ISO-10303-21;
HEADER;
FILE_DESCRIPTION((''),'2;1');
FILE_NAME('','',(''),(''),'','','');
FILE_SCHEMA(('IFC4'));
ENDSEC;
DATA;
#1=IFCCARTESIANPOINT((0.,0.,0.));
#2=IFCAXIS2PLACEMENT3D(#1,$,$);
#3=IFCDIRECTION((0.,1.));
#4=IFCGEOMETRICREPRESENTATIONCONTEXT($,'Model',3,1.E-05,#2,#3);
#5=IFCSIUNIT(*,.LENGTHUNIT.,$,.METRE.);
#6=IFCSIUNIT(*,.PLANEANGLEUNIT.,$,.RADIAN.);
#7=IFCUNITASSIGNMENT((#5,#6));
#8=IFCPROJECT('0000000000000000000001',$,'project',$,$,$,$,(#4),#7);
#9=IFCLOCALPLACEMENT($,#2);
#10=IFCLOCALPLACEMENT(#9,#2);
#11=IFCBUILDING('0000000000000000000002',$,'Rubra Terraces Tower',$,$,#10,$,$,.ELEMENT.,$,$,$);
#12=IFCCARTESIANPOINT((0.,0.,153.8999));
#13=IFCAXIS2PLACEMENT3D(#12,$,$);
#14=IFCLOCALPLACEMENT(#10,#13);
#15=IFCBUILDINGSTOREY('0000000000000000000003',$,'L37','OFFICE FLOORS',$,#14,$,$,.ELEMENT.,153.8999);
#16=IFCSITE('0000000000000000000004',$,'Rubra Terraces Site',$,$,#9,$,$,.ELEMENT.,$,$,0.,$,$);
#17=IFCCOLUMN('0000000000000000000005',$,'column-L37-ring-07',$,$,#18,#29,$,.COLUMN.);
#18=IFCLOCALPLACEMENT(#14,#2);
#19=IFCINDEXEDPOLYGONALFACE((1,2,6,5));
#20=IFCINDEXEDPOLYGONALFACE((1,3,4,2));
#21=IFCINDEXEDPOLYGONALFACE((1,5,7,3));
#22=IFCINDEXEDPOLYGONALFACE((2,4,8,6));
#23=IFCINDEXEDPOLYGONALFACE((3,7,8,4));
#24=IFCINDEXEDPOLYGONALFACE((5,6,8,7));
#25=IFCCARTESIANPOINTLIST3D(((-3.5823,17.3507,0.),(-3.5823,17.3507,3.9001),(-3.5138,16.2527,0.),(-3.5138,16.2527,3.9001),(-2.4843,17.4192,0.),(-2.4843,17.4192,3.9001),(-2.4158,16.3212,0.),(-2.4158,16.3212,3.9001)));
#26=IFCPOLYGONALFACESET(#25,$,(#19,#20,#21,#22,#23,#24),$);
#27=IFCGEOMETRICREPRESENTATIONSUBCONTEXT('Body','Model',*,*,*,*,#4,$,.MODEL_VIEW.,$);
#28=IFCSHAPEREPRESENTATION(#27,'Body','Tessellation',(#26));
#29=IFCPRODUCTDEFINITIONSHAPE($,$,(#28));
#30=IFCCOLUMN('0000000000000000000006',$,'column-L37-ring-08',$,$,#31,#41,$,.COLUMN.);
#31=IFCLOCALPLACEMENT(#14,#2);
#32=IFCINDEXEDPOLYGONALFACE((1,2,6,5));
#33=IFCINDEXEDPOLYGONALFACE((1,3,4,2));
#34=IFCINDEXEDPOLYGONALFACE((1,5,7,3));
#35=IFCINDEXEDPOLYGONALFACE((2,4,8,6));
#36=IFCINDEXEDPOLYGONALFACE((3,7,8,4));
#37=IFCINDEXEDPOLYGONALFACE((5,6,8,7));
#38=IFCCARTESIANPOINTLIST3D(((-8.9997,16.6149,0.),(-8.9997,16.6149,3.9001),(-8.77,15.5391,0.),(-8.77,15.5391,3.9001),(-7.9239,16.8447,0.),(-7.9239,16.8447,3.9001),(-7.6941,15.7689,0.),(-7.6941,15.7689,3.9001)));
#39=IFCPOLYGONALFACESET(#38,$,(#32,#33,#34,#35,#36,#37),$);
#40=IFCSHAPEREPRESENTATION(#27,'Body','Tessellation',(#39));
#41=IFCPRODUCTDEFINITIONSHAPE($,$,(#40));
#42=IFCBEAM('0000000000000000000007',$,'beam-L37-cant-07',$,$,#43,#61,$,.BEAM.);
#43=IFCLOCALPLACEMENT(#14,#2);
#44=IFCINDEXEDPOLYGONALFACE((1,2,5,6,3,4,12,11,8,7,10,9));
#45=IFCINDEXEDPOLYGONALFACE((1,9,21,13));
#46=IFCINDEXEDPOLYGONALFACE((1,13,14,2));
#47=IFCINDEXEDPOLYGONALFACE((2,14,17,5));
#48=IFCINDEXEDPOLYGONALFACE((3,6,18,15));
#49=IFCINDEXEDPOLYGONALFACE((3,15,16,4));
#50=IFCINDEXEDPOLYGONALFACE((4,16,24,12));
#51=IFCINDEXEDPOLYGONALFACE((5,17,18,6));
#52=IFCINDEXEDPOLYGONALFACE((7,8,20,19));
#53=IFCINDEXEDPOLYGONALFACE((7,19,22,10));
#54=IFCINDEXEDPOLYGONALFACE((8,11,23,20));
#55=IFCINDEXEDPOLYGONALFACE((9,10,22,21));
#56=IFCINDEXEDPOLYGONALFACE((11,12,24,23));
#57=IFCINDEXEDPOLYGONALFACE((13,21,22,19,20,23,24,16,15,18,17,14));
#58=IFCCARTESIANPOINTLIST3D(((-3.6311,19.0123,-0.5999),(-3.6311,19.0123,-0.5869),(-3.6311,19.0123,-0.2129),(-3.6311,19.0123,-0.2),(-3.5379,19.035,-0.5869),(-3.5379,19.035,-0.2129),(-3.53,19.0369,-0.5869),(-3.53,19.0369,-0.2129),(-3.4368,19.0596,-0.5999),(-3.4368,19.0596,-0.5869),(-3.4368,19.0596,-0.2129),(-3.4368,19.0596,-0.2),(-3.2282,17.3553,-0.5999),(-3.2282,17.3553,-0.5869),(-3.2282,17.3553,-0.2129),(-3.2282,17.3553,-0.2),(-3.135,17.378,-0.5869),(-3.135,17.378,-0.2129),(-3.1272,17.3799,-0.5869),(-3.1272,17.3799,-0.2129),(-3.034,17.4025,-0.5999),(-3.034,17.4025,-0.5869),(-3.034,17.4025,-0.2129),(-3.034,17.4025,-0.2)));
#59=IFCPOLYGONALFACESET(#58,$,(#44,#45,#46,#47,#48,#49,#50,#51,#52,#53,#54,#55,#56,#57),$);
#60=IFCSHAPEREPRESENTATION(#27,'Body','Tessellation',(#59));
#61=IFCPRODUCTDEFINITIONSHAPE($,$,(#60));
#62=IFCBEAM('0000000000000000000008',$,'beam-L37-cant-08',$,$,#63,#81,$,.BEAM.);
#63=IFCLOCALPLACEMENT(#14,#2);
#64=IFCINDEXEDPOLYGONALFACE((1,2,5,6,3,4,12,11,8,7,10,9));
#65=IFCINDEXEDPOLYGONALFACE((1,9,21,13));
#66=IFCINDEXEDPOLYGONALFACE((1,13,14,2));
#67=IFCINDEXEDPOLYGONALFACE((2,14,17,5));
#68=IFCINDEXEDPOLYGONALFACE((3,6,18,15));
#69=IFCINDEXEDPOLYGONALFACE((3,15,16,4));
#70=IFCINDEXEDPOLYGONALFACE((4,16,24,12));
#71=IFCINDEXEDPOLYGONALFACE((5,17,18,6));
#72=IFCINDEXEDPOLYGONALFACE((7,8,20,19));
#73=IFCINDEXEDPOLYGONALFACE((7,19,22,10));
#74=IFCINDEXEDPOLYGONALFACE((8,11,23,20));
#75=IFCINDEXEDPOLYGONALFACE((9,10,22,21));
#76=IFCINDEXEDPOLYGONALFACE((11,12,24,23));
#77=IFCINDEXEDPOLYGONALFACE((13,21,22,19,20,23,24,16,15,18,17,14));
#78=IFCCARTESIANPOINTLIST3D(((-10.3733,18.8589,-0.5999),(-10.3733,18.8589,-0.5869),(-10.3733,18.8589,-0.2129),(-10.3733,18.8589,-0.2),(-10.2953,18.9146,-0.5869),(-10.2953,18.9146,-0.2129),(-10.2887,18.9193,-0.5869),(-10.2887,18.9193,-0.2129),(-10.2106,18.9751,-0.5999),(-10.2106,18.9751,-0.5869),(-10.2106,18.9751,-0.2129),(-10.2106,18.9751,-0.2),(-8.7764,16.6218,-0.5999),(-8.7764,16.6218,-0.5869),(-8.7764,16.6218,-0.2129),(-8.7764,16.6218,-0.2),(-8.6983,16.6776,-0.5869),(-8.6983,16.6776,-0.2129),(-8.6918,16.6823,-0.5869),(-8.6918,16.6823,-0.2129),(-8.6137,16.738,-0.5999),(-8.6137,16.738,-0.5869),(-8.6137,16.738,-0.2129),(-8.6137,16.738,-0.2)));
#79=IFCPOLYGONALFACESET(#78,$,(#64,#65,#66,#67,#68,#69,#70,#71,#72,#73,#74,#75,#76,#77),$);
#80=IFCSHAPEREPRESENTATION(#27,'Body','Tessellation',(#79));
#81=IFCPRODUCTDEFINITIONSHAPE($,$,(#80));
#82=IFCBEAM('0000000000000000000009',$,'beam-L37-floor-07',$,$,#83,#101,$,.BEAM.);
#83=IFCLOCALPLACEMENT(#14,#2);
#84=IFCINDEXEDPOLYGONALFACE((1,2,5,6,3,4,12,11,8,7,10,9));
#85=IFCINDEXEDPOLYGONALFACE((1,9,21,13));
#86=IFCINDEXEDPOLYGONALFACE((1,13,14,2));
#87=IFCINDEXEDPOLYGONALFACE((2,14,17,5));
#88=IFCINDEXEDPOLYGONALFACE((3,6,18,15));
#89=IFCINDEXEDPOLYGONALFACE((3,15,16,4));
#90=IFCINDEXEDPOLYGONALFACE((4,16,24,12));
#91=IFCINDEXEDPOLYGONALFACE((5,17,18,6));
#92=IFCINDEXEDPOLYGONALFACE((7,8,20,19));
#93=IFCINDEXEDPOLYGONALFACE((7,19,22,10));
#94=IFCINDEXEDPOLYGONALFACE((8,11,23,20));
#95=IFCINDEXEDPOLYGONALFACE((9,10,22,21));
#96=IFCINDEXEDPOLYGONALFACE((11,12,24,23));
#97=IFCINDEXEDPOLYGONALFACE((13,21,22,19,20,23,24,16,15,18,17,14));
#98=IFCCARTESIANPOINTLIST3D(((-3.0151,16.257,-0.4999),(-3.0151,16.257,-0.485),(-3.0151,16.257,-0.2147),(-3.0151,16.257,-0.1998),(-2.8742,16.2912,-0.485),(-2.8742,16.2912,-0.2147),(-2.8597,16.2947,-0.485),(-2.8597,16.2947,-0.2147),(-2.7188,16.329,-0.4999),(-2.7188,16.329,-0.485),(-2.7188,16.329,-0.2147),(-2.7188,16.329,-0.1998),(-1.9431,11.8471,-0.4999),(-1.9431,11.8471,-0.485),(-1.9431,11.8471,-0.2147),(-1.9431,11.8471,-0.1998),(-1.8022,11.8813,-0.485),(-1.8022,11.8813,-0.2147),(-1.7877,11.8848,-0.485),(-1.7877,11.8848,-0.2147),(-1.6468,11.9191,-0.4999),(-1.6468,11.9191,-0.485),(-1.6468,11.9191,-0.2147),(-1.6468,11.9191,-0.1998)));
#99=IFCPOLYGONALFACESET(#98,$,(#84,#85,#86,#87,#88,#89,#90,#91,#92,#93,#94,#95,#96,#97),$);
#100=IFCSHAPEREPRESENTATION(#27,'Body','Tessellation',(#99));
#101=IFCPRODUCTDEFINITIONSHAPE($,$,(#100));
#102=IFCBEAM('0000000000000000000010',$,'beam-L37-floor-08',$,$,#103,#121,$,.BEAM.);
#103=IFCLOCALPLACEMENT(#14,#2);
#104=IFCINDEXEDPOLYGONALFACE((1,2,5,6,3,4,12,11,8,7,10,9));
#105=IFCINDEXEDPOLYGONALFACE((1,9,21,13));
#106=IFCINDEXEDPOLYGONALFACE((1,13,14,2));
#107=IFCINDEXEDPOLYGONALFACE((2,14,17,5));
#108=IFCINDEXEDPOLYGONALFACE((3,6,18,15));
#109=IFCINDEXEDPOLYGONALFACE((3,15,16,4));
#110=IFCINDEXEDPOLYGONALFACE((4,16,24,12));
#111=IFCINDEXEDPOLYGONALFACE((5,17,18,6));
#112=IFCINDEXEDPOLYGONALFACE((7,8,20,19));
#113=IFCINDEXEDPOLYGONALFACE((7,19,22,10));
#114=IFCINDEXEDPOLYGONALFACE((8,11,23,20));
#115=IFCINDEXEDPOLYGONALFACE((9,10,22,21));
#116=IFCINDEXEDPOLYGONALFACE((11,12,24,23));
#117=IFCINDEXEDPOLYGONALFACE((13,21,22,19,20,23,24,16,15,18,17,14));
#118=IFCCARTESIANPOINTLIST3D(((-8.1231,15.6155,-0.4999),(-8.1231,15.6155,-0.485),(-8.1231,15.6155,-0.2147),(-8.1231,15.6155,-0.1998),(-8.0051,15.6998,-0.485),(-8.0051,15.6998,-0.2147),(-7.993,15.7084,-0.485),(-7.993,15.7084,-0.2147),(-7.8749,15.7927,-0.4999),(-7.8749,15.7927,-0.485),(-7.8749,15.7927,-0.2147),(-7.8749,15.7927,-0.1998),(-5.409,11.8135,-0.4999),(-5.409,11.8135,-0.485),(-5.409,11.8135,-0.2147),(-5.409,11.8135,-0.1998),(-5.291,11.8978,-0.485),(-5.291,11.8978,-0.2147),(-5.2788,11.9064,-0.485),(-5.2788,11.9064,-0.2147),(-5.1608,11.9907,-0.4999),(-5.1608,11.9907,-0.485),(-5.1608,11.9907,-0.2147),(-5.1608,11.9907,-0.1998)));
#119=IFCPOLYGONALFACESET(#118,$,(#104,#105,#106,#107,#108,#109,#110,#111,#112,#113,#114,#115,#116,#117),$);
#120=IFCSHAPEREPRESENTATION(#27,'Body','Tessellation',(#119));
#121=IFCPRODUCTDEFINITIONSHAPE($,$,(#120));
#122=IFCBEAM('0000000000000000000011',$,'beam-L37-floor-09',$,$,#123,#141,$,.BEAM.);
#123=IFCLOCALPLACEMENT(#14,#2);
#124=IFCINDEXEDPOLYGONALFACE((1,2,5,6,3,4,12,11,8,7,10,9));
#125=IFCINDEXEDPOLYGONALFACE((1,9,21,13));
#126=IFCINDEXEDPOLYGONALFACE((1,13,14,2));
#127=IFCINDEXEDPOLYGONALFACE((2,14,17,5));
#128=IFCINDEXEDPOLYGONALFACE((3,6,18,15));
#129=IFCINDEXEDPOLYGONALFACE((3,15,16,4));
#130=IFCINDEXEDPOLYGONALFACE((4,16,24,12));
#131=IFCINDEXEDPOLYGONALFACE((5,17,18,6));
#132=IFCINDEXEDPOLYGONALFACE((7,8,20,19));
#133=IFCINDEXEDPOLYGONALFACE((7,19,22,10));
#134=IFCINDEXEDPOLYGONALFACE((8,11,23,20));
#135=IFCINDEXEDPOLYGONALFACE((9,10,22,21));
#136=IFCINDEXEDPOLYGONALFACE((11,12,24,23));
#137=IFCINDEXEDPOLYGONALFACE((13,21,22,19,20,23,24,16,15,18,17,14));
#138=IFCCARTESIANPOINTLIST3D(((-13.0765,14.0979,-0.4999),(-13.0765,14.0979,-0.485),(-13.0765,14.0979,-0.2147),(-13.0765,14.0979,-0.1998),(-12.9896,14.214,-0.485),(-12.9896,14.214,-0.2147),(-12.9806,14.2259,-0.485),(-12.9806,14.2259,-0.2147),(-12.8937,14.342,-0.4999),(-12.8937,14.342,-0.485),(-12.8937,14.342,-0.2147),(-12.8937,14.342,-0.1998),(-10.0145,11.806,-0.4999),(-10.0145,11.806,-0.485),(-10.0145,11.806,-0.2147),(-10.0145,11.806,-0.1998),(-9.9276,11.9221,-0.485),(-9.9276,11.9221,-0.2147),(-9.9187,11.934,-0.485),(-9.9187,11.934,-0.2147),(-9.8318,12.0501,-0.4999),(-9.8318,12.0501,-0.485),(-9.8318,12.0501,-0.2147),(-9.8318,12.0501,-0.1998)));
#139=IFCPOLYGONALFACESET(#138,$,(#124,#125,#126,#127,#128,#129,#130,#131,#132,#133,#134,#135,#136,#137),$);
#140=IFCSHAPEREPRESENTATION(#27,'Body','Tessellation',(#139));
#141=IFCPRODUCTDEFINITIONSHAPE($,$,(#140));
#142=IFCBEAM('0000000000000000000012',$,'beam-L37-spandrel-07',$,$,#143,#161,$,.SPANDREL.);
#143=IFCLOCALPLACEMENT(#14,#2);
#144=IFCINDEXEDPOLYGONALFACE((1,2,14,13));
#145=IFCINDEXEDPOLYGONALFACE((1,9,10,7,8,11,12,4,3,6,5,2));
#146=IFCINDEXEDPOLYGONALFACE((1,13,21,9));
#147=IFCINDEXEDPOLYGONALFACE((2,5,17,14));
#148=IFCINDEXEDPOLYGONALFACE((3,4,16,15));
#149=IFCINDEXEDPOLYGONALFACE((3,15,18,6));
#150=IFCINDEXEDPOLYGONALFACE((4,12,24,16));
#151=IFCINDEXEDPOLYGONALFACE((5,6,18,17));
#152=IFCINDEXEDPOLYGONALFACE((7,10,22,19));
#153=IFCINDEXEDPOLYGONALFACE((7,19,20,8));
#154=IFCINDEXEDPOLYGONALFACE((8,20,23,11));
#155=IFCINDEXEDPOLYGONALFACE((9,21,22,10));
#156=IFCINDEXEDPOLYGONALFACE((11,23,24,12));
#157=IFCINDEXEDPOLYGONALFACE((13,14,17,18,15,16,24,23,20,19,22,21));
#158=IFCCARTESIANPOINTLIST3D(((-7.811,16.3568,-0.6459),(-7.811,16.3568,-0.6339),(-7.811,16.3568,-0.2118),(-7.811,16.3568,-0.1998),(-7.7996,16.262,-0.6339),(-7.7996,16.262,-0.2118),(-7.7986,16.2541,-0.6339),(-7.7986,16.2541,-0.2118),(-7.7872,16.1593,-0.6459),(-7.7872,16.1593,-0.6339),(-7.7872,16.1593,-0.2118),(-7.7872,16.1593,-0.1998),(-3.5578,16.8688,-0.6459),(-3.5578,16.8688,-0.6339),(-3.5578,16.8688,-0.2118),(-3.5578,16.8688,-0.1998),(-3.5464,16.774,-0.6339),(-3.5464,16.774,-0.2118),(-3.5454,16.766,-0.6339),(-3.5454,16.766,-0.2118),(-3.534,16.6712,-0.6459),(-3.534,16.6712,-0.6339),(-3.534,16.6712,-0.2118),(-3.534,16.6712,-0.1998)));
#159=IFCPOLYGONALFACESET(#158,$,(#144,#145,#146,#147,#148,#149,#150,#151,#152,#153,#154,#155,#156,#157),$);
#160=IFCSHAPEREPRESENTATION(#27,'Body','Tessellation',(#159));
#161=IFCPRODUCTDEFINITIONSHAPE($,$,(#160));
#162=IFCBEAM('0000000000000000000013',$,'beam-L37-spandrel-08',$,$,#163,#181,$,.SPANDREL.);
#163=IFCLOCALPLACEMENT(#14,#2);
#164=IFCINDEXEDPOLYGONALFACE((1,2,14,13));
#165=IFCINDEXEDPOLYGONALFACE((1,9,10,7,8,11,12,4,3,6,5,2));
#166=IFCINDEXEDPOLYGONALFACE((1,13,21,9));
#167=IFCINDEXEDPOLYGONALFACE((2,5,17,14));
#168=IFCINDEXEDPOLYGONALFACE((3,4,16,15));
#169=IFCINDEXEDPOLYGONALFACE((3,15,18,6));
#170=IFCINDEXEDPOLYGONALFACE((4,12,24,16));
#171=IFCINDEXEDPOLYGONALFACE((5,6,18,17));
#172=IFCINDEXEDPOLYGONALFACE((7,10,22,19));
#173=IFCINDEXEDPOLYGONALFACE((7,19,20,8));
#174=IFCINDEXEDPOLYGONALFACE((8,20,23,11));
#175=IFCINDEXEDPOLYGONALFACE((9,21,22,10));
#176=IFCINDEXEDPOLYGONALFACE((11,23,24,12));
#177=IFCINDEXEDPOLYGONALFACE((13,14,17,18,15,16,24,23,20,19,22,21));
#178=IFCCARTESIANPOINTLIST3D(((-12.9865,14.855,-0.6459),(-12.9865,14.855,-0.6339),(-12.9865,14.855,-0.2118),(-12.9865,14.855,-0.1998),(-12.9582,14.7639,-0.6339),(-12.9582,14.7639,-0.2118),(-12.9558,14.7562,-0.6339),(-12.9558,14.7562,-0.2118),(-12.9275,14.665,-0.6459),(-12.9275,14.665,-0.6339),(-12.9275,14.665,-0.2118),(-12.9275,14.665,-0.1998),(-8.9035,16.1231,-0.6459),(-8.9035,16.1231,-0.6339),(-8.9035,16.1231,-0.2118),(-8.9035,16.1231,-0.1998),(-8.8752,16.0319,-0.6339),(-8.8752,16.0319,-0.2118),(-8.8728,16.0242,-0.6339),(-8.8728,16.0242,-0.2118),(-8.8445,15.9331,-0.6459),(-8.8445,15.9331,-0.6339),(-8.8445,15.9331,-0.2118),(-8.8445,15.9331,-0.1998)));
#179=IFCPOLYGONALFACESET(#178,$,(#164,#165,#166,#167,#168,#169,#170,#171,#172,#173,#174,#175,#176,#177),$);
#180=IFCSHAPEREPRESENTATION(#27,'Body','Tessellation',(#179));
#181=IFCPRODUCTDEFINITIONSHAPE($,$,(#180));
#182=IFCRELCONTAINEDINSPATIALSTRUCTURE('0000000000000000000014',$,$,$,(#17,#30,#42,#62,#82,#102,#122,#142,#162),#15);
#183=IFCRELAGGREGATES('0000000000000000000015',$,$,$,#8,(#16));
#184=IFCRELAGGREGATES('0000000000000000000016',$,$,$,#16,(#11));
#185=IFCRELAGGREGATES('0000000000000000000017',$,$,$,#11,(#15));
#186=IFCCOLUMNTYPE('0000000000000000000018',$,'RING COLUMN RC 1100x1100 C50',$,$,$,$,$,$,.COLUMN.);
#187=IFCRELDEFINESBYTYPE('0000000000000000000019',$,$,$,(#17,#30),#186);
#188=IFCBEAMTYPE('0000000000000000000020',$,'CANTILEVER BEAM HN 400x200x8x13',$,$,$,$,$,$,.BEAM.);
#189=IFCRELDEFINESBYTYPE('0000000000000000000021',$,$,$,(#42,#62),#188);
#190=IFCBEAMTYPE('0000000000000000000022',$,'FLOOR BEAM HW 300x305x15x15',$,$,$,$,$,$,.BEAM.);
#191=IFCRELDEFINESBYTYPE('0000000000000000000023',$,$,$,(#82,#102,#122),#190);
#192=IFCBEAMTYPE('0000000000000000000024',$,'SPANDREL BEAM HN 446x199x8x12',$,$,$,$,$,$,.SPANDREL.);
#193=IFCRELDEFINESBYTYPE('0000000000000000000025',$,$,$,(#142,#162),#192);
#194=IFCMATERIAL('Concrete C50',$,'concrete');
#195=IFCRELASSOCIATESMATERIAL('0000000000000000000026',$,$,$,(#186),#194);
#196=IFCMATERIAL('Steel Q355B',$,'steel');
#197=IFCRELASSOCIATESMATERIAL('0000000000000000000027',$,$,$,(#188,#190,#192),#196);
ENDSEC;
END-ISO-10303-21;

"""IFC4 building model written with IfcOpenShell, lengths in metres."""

from ifc_helpers import new_model, si_unit, direction, frame, origin, origin_2d, place, context, subcontext, project, spatial, rectangle, i_section, extrude, material, material_profile, profile_set, type_object, element, save


model = new_model("IFC4")

# Units and contexts
model_context = context("Model", 3, precision=1e-05, world=origin(), true_north=direction((0.0, 1.0)))
body_context = subcontext(model_context, "Body", "Model", "MODEL_VIEW")
ifc_project = project(units=[si_unit("LENGTHUNIT", "METRE"), si_unit("PLANEANGLEUNIT", "RADIAN")], contexts=[model_context])

# Site, building, storey
site_placement = place(None, origin())
site = spatial("IfcSite", under=ifc_project, at=site_placement, Name="Rubra Terraces Site", CompositionType="ELEMENT", RefElevation=0.0)
building_placement = place(site_placement, origin())
building = spatial("IfcBuilding", under=site, at=building_placement, Name="Rubra Terraces Tower", CompositionType="ELEMENT")
storey_placement = place(building_placement, frame((0.0, 0.0, 153.8999)))
storey = spatial("IfcBuildingStorey", under=building, at=storey_placement, Name="L37", Description="OFFICE FLOORS", CompositionType="ELEMENT", Elevation=153.8999)

# Columns
ifc_material_1 = material(Name="Concrete C50", Category="concrete")
ifc_material_profile_1 = material_profile(ifc_material_1, rectangle(XDim=1.1001, YDim=1.1001, at=origin_2d()), Name="RC 1100x1100")
ifc_profile_set_1 = profile_set([ifc_material_profile_1], Name="Concrete C50")
column_type = type_object("IfcColumnType", Name="RING COLUMN RC 1100x1100 C50", PredefinedType="COLUMN", material=ifc_profile_set_1)
for number, where, z_axis, x_axis, name in (
    (1, (-2.999, 16.8359, 0.0), (0.0, 0.0, 1.0), (-0.998059, -0.062268, 0.0), "column-L37-ring-07"),
    (2, (-8.3469, 16.1919, 0.0), (0.0, 0.0, 1.0), (-0.977944, -0.208867, 0.0), "column-L37-ring-08"),
):
    element("IfcColumn", number, at=place(storey_placement, frame(where, z_axis=z_axis, x_axis=x_axis)), inside=storey, type_object=column_type, Name=name, PredefinedType="COLUMN", context=body_context, shape_type="SweptSolid", body=[
        extrude(rectangle(XDim=1.1001, YDim=1.1001, at=origin_2d()), origin(), (0.0, 0.0, 1.0), 3.9001),
    ])

# Beams
ifc_material_2 = material(Name="Steel Q355B", Category="steel")
ifc_material_profile_2 = material_profile(ifc_material_2, i_section(OverallWidth=0.2, OverallDepth=0.3999, WebThickness=0.0081, FlangeThickness=0.0129, at=origin_2d()), Name="HN 400x200x8x13")
ifc_profile_set_2 = profile_set([ifc_material_profile_2], Name="Steel Q355B")
beam_type_1 = type_object("IfcBeamType", Name="CANTILEVER BEAM HN 400x200x8x13", PredefinedType="BEAM", material=ifc_profile_set_2)
beam_1_placement = place(storey_placement, frame((-3.1311, 17.3789, -0.3999), z_axis=(-0.236231, 0.971697, 0.0), x_axis=(-0.971697, -0.236231, 0.0)))
element("IfcBeam", 3, at=beam_1_placement, inside=storey, type_object=beam_type_1, Name="beam-L37-cant-07", PredefinedType="BEAM", context=body_context, shape_type="SweptSolid", body=[
    extrude(i_section(OverallWidth=0.2, OverallDepth=0.3999, WebThickness=0.0081, FlangeThickness=0.0129, at=origin_2d()), origin(), (0.0, 0.0, 1.0), 1.7053),
])
beam_2_placement = place(storey_placement, frame((-8.6951, 16.6799, -0.3999), z_axis=(-0.581003, 0.813901, 0.0), x_axis=(-0.813901, -0.581003, 0.0)))
element("IfcBeam", 4, at=beam_2_placement, inside=storey, type_object=beam_type_1, Name="beam-L37-cant-08", PredefinedType="BEAM", context=body_context, shape_type="SweptSolid", body=[
    extrude(i_section(OverallWidth=0.2, OverallDepth=0.3999, WebThickness=0.0081, FlangeThickness=0.0129, at=origin_2d()), origin(), (0.0, 0.0, 1.0), 2.7485),
])
ifc_material_profile_3 = material_profile(ifc_material_2, i_section(OverallWidth=0.3049, OverallDepth=0.3, WebThickness=0.0149, FlangeThickness=0.0149, at=origin_2d()), Name="HW 300x305x15x15")
ifc_profile_set_3 = profile_set([ifc_material_profile_3], Name="Steel Q355B")
beam_type_2 = type_object("IfcBeamType", Name="FLOOR BEAM HW 300x305x15x15", PredefinedType="BEAM", material=ifc_profile_set_3)
beam_3_placement = place(storey_placement, frame((-2.8669, 16.293, -0.3499), z_axis=(0.236214, -0.971701, 0.0), x_axis=(0.971701, 0.236214, 0.0)))
element("IfcBeam", 5, at=beam_3_placement, inside=storey, type_object=beam_type_2, Name="beam-L37-floor-07", PredefinedType="BEAM", context=body_context, shape_type="SweptSolid", body=[
    extrude(i_section(OverallWidth=0.3049, OverallDepth=0.3, WebThickness=0.0149, FlangeThickness=0.0149, at=origin_2d()), origin(), (0.0, 0.0, 1.0), 4.5383),
])
beam_4_placement = place(storey_placement, frame((-7.999, 15.7041, -0.3499), z_axis=(0.581011, -0.813896, 0.0), x_axis=(0.813896, 0.581011, 0.0)))
element("IfcBeam", 6, at=beam_4_placement, inside=storey, type_object=beam_type_2, Name="beam-L37-floor-08", PredefinedType="BEAM", context=body_context, shape_type="SweptSolid", body=[
    extrude(i_section(OverallWidth=0.3049, OverallDepth=0.3, WebThickness=0.0149, FlangeThickness=0.0149, at=origin_2d()), origin(), (0.0, 0.0, 1.0), 4.6714),
])
beam_5_placement = place(storey_placement, frame((-12.9851, 14.22, -0.3499), z_axis=(0.800566, -0.599244, 0.0), x_axis=(0.599244, 0.800566, 0.0)))
element("IfcBeam", 7, at=beam_5_placement, inside=storey, type_object=beam_type_2, Name="beam-L37-floor-09", PredefinedType="BEAM", context=body_context, shape_type="SweptSolid", body=[
    extrude(i_section(OverallWidth=0.3049, OverallDepth=0.3, WebThickness=0.0149, FlangeThickness=0.0149, at=origin_2d()), origin(), (0.0, 0.0, 1.0), 3.8247),
])
ifc_material_profile_4 = material_profile(ifc_material_2, i_section(OverallWidth=0.199, OverallDepth=0.446, WebThickness=0.0081, FlangeThickness=0.012, at=origin_2d()), Name="HN 446x199x8x12")
ifc_profile_set_4 = profile_set([ifc_material_profile_4], Name="Steel Q355B")
beam_type_3 = type_object("IfcBeamType", Name="SPANDREL BEAM HN 446x199x8x12", PredefinedType="SPANDREL", material=ifc_profile_set_4)
beam_6_placement = place(storey_placement, frame((-3.5459, 16.77, -0.4229), z_axis=(-0.992833, -0.119509, 0.0), x_axis=(0.119509, -0.992833, 0.0)))
element("IfcBeam", 8, at=beam_6_placement, inside=storey, type_object=beam_type_3, Name="beam-L37-spandrel-07", PredefinedType="SPANDREL", context=body_context, shape_type="SweptSolid", body=[
    extrude(i_section(OverallWidth=0.199, OverallDepth=0.446, WebThickness=0.0081, FlangeThickness=0.012, at=origin_2d()), origin(), (0.0, 0.0, 1.0), 4.2839),
])
beam_7_placement = place(storey_placement, frame((-8.874, 16.0281, -0.4229), z_axis=(-0.955003, -0.296597, 0.0), x_axis=(0.296597, -0.955003, 0.0)))
element("IfcBeam", 9, at=beam_7_placement, inside=storey, type_object=beam_type_3, Name="beam-L37-spandrel-08", PredefinedType="SPANDREL", context=body_context, shape_type="SweptSolid", body=[
    extrude(i_section(OverallWidth=0.199, OverallDepth=0.446, WebThickness=0.0081, FlangeThickness=0.012, at=origin_2d()), origin(), (0.0, 0.0, 1.0), 4.2754),
])

save(model, "model.ifc")
